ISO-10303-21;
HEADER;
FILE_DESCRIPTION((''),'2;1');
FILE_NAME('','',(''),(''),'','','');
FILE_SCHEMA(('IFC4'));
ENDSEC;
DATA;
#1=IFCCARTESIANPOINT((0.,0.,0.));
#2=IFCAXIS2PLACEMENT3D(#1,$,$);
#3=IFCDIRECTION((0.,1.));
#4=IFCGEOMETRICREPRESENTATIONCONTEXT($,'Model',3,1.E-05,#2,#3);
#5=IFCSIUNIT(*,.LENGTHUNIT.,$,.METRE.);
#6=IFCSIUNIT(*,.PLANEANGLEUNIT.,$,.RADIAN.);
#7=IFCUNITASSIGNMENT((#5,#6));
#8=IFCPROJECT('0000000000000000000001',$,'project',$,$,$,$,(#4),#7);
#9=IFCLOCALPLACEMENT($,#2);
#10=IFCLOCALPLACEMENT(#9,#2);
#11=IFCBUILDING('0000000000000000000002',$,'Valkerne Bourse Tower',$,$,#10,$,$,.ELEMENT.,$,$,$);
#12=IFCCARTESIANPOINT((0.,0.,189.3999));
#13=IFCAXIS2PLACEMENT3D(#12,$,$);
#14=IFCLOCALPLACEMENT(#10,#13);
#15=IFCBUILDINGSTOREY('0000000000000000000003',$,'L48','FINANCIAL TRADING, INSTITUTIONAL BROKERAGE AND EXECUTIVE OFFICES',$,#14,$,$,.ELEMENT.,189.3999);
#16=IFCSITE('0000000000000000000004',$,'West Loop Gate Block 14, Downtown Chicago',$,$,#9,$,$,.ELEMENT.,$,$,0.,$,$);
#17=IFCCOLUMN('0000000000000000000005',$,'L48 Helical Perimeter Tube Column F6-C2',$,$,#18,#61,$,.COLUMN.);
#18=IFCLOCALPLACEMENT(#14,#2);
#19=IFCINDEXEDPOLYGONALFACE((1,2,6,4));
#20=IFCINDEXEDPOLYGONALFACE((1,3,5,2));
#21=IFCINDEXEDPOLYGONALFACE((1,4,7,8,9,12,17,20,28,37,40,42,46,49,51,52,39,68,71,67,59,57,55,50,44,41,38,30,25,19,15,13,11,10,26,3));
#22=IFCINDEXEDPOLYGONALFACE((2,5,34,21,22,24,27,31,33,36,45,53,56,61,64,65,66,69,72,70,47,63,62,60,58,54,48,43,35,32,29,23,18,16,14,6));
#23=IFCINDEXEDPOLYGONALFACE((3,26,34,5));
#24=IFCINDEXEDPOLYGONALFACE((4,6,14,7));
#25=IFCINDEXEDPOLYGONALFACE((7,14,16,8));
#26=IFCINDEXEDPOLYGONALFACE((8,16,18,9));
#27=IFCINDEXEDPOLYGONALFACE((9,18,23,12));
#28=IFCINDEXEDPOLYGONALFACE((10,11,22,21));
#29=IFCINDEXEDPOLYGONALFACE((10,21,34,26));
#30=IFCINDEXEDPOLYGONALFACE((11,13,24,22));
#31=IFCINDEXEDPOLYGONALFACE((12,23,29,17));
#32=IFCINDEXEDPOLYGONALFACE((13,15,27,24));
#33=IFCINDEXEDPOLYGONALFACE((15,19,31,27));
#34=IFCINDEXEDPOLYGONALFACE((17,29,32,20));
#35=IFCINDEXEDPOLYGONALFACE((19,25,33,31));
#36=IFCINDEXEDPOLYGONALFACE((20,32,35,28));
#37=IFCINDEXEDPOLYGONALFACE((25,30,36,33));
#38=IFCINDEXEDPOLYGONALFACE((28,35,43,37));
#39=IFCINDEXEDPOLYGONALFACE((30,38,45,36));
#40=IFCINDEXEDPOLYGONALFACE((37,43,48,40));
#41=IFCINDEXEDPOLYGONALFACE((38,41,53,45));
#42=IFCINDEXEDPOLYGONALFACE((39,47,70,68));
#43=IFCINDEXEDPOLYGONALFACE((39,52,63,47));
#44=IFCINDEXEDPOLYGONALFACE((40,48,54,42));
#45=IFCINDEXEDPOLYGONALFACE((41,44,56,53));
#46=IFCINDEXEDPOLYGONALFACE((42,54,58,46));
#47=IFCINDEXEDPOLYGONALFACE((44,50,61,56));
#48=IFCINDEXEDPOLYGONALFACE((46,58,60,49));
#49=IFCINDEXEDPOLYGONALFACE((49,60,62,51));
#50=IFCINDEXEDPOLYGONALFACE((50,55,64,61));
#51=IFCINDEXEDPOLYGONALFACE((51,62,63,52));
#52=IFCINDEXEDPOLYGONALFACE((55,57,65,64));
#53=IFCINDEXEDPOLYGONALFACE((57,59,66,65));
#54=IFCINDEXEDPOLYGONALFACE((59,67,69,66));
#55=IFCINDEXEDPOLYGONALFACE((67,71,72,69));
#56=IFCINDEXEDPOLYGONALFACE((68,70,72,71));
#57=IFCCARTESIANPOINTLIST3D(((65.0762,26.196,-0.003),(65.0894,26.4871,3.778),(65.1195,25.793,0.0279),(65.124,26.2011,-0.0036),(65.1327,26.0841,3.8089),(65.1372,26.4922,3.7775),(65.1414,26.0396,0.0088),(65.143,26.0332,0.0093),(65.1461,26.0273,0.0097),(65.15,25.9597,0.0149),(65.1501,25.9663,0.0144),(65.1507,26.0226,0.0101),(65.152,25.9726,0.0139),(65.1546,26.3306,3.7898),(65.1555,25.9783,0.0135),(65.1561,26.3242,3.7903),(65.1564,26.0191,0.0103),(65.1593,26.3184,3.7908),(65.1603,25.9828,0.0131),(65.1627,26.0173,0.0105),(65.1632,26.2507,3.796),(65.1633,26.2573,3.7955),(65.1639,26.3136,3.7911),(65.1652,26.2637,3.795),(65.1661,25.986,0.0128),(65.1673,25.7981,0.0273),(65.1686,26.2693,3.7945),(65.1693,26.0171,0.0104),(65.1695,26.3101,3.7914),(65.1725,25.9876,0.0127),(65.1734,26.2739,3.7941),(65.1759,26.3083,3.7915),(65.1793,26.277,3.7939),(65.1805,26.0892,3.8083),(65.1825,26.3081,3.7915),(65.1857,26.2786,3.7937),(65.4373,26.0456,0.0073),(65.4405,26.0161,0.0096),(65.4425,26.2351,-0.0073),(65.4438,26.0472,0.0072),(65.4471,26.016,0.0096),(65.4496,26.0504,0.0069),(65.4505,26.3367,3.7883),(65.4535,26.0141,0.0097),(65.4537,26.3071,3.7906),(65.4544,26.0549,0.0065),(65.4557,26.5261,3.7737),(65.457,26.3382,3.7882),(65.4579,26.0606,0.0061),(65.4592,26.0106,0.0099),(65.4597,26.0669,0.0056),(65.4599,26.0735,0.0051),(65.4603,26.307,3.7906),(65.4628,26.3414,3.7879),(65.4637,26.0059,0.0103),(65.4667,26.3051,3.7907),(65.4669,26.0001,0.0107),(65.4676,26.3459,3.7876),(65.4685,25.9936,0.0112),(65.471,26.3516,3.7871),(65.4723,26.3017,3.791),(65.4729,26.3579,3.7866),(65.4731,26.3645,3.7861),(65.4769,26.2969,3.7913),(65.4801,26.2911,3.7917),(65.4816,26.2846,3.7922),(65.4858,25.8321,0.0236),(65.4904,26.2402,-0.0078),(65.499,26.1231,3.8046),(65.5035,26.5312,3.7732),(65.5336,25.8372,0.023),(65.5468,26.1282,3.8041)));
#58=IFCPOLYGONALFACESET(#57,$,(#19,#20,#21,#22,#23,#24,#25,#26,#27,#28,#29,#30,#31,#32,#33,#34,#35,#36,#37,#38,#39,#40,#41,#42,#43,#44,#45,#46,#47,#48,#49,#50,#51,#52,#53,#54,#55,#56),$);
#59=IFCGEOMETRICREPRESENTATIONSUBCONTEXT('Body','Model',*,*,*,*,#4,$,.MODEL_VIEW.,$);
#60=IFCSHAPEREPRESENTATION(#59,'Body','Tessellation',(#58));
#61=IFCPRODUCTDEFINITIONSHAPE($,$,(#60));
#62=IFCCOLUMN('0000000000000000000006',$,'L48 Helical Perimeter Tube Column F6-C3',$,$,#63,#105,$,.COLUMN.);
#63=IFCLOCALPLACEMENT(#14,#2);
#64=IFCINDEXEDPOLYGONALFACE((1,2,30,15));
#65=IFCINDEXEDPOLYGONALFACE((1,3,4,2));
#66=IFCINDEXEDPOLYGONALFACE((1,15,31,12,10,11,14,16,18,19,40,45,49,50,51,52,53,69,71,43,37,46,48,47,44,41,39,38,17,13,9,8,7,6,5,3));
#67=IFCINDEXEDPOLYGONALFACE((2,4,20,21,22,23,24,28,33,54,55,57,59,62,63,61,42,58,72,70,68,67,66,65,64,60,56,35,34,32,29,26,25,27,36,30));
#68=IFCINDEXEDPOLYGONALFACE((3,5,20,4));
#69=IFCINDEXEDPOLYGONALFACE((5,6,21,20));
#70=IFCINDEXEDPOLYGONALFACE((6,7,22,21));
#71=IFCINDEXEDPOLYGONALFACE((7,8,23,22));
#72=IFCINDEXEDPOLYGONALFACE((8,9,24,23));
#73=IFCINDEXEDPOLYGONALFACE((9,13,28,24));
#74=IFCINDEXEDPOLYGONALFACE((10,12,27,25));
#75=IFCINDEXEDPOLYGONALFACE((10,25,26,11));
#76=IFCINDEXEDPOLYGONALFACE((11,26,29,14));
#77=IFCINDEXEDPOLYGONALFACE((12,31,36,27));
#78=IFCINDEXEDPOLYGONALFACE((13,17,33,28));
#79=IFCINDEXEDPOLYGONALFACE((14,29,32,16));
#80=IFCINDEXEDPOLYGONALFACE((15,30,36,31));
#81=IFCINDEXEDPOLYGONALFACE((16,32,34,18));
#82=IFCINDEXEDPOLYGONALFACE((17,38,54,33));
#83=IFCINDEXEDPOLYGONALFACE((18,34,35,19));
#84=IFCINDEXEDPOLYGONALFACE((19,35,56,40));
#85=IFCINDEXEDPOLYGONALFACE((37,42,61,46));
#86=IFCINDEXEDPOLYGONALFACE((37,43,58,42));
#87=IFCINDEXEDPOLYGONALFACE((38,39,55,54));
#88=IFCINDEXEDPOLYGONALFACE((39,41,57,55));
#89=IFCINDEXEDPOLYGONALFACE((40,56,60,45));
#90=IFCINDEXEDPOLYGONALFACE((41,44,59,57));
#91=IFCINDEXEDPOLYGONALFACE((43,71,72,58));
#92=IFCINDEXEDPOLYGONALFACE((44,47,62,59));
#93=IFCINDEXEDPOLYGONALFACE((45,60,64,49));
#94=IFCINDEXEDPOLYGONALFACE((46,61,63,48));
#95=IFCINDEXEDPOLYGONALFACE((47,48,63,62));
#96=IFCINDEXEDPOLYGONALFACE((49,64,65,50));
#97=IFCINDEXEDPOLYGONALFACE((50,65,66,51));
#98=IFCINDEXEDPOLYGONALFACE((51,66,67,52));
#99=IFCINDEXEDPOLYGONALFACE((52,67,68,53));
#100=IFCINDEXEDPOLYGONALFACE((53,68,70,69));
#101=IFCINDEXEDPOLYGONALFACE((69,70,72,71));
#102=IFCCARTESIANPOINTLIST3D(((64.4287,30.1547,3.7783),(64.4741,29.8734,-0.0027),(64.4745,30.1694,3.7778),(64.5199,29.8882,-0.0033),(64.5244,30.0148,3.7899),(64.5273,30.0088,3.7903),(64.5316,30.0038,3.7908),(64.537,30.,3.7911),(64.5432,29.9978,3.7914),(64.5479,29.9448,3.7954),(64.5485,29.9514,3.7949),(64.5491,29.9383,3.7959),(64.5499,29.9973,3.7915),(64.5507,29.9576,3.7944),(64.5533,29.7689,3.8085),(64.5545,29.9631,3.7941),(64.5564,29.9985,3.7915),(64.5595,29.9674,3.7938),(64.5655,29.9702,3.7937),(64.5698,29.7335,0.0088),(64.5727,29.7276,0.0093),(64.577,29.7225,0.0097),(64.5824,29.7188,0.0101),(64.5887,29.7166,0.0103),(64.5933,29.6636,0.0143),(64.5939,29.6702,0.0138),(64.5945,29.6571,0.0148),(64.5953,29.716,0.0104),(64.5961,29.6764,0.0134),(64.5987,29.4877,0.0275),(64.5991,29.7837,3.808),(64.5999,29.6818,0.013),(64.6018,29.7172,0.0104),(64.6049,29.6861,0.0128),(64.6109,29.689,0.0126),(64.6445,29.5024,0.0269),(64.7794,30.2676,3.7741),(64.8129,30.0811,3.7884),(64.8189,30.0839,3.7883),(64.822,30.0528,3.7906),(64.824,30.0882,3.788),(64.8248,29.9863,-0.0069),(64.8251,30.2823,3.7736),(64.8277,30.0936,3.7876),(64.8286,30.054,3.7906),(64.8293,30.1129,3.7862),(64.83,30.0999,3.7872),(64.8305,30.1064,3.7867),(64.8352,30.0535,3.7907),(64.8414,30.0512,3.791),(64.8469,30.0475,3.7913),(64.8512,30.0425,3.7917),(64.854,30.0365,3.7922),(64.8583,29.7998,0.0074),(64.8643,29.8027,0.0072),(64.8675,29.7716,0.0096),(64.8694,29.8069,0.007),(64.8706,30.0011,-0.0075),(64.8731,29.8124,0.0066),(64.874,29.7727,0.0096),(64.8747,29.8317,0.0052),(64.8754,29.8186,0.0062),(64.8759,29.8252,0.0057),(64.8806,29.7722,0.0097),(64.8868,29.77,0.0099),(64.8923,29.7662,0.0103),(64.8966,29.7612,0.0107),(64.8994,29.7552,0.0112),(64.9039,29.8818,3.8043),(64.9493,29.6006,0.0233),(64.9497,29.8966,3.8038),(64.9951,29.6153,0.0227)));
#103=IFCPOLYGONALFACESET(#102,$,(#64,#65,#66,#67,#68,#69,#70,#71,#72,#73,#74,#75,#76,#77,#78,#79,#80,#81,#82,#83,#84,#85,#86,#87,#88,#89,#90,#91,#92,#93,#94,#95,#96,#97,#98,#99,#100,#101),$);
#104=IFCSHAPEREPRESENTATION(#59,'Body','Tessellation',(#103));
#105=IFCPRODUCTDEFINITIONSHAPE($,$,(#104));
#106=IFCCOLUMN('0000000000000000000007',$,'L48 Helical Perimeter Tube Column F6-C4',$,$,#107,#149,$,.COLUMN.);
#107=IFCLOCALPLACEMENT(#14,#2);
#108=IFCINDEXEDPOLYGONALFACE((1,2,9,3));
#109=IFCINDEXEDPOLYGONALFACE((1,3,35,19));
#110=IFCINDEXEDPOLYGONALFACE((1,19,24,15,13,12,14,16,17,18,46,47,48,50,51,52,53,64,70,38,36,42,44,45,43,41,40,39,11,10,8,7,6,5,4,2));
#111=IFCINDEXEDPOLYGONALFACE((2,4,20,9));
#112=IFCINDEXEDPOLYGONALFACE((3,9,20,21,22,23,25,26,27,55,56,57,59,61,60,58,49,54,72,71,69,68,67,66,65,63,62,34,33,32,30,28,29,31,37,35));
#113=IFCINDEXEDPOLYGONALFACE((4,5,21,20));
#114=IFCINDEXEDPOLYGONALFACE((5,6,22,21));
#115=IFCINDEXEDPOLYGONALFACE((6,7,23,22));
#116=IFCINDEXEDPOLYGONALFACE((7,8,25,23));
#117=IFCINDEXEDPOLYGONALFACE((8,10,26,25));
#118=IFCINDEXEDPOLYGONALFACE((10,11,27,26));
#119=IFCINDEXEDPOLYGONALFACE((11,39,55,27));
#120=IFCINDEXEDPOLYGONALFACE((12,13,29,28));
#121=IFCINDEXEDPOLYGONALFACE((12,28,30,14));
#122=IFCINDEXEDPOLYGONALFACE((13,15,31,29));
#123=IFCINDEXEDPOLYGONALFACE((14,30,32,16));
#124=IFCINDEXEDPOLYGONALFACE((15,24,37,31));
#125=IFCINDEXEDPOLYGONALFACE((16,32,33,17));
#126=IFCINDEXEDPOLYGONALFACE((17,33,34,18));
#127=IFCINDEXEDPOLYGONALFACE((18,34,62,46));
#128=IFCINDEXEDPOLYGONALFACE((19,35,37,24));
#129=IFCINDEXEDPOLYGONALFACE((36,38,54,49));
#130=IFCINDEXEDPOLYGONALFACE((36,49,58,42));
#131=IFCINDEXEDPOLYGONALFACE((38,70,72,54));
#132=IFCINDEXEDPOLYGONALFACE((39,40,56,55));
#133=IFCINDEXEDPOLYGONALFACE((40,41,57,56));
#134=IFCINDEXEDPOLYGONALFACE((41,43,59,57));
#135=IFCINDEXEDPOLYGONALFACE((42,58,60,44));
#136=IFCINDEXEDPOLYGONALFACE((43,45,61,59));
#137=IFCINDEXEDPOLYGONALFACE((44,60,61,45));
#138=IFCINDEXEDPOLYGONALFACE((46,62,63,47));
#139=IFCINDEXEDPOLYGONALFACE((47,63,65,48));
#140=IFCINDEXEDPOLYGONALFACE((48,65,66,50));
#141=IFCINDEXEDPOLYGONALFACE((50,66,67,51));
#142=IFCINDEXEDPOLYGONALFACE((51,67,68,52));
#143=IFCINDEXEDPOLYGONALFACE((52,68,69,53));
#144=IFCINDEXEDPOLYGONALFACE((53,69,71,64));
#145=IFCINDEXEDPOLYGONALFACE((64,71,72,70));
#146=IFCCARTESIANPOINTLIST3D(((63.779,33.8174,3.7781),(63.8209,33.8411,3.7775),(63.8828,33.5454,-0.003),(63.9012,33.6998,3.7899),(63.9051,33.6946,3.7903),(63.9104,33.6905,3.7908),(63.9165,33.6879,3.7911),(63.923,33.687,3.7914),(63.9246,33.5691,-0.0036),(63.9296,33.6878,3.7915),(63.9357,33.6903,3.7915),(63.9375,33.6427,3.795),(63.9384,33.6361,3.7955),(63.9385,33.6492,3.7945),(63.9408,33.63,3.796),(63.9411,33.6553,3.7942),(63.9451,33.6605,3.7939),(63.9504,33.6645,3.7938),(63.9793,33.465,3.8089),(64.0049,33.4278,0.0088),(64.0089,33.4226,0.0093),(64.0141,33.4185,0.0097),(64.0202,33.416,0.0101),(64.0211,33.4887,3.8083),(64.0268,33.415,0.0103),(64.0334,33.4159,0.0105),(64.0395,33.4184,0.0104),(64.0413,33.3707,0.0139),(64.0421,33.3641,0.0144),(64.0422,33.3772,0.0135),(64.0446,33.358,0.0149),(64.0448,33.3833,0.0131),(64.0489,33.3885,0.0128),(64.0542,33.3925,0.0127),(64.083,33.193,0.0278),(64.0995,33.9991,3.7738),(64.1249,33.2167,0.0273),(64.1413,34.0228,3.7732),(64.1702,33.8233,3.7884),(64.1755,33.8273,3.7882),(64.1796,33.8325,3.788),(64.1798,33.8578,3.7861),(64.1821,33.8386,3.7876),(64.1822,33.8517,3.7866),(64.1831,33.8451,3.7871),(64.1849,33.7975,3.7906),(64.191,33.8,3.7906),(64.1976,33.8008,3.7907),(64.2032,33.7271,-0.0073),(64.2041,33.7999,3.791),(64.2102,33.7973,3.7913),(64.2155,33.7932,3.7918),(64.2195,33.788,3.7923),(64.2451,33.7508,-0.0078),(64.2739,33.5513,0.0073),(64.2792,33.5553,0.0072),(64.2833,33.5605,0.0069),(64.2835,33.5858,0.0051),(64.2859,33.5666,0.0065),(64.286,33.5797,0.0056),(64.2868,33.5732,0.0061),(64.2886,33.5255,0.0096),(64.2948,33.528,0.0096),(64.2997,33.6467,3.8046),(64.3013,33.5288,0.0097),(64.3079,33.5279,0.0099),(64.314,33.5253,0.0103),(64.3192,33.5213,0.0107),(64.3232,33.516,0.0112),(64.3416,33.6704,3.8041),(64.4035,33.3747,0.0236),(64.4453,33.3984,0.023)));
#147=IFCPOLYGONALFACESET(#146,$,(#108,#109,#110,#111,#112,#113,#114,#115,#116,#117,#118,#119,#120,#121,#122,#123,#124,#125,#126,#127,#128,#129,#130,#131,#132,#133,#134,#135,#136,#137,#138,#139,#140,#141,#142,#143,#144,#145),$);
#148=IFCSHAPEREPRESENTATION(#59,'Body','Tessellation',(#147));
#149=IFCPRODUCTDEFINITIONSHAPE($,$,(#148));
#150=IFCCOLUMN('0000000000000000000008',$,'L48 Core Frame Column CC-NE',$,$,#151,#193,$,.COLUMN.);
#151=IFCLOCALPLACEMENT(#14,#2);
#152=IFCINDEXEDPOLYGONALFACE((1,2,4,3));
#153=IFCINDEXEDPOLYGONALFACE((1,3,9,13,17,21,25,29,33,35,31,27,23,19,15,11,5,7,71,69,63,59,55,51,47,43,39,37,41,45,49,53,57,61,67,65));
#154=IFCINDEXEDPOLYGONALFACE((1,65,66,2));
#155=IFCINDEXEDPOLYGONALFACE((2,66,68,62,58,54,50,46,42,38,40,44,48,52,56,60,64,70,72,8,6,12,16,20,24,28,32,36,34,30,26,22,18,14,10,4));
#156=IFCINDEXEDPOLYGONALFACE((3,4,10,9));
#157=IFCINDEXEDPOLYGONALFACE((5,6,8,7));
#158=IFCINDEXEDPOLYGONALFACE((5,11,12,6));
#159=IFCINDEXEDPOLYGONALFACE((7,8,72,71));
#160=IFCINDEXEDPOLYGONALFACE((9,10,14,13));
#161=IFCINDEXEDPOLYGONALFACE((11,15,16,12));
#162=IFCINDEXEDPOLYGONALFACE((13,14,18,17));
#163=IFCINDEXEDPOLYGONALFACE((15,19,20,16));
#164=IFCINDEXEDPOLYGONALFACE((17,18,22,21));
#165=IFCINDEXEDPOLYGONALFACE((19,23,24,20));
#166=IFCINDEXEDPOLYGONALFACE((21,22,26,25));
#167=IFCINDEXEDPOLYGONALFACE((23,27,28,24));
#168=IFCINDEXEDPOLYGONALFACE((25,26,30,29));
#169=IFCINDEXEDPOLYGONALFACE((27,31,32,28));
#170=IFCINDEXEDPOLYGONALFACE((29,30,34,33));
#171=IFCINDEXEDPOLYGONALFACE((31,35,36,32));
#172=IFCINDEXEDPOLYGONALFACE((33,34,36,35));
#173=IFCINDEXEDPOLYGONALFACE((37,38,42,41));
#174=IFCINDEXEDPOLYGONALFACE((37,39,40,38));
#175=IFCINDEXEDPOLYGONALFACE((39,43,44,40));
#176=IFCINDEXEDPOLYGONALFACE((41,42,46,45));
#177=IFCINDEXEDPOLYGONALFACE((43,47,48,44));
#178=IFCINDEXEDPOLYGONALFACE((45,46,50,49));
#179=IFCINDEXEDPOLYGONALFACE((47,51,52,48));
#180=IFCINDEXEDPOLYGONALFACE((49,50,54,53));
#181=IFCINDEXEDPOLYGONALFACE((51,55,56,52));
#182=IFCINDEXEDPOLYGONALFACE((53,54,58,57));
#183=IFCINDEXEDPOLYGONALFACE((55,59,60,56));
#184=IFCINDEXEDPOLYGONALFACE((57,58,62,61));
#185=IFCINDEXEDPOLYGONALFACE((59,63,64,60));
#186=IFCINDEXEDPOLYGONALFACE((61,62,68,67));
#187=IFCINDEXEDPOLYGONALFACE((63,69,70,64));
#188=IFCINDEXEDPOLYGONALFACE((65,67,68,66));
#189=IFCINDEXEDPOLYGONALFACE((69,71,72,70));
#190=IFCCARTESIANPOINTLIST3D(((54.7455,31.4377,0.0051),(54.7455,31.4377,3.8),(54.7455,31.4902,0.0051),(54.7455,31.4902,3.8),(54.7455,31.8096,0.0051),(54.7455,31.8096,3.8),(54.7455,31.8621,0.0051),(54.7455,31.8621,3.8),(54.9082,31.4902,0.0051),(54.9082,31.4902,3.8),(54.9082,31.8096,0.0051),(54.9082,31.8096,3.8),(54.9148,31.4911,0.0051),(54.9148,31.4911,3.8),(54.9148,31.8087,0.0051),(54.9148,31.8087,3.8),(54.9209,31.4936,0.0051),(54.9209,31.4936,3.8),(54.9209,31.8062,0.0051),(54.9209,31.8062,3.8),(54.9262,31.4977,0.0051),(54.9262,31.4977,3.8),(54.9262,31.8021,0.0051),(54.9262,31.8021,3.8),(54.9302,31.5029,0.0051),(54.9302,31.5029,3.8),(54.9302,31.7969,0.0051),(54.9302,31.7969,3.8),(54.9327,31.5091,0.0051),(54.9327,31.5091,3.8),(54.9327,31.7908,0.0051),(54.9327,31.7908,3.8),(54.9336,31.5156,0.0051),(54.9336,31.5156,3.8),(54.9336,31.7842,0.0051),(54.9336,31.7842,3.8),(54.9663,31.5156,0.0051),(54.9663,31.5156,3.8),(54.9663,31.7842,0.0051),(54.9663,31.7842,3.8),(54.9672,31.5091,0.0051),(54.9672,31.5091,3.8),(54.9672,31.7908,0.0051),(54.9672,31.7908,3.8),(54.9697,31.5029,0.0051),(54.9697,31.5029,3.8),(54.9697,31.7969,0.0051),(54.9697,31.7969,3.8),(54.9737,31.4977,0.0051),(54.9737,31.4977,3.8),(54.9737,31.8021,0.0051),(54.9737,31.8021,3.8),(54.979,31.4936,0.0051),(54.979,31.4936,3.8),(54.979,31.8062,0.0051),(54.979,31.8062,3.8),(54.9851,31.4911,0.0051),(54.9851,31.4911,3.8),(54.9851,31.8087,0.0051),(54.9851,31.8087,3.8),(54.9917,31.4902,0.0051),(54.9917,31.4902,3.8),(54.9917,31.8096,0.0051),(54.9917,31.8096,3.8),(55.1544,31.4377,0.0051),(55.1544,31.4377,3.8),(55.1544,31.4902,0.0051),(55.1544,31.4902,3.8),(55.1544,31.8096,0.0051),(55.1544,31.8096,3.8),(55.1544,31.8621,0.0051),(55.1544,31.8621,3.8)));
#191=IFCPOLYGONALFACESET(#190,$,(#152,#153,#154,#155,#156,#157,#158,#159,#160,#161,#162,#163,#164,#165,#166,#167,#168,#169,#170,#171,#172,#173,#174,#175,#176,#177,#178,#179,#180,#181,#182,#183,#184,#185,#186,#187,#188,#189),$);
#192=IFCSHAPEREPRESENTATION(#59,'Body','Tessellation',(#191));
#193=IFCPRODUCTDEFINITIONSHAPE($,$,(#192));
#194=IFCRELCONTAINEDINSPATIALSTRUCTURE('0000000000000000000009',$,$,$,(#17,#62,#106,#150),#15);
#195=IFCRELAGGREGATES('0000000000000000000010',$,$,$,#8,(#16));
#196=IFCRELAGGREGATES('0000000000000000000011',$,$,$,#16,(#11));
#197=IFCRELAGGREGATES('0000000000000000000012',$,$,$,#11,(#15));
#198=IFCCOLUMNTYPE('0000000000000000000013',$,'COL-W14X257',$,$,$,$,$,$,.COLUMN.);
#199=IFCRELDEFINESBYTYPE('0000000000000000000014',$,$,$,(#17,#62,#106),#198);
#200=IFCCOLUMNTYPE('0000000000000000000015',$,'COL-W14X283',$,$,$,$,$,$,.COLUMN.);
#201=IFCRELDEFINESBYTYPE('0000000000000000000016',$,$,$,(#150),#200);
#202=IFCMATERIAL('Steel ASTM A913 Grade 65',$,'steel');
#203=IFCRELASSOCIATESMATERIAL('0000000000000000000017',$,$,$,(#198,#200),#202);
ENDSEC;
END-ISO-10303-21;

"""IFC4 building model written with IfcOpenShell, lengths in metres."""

from ifc_helpers import new_model, si_unit, direction, frame, origin, origin_2d, place, context, subcontext, project, spatial, i_section, extrude, material, material_profile, profile_set, type_object, element, save


model = new_model("IFC4")

# Units and contexts
model_context = context("Model", 3, precision=1e-05, world=origin(), true_north=direction((0.0, 1.0)))
body_context = subcontext(model_context, "Body", "Model", "MODEL_VIEW")
ifc_project = project(units=[si_unit("LENGTHUNIT", "METRE"), si_unit("PLANEANGLEUNIT", "RADIAN")], contexts=[model_context])

# Site, building, storey
site_placement = place(None, origin())
site = spatial("IfcSite", under=ifc_project, at=site_placement, Name="West Loop Gate Block 14, Downtown Chicago", CompositionType="ELEMENT", RefElevation=0.0)
building_placement = place(site_placement, origin())
building = spatial("IfcBuilding", under=site, at=building_placement, Name="Valkerne Bourse Tower", CompositionType="ELEMENT")
storey_placement = place(building_placement, frame((0.0, 0.0, 189.3999)))
storey = spatial("IfcBuildingStorey", under=building, at=storey_placement, Name="L48", Description="FINANCIAL TRADING, INSTITUTIONAL BROKERAGE AND EXECUTIVE OFFICES", CompositionType="ELEMENT", Elevation=189.3999)

# Columns
ifc_material_1 = material(Name="Steel ASTM A913 Grade 65", Category="steel")
ifc_material_profile_1 = material_profile(ifc_material_1, i_section(OverallWidth=0.4065, OverallDepth=0.4165, WebThickness=0.0298, FlangeThickness=0.0481, FilletRadius=0.0254, at=origin_2d()), Name="W14X257")
ifc_profile_set_1 = profile_set([ifc_material_profile_1], Name="Steel ASTM A913 Grade 65")
column_type_1 = type_object("IfcColumnType", Name="COL-W14X257", PredefinedType="COLUMN", material=ifc_profile_set_1)
column_1_placement = place(storey_placement, frame((65.3049, 26.0166, 0.01), z_axis=(0.003476, 0.07674, 0.997045), x_axis=(0.106503, -0.991409, 0.075935)))
element("IfcColumn", 1, at=column_1_placement, inside=storey, type_object=column_type_1, Name="L48 Helical Perimeter Tube Column F6-C2", PredefinedType="COLUMN", context=body_context, shape_type="SweptSolid", body=[
    extrude(i_section(OverallWidth=0.4065, OverallDepth=0.4165, WebThickness=0.0298, FlangeThickness=0.0481, FilletRadius=0.0254, at=origin_2d()), origin(), (0.0, 0.0, 1.0), 3.7922),
])
column_2_placement = place(storey_placement, frame((64.7346, 29.7444, 0.01), z_axis=(-0.011976, 0.074175, 0.997173), x_axis=(0.306442, -0.948988, 0.074271)))
element("IfcColumn", 2, at=column_2_placement, inside=storey, type_object=column_type_1, Name="L48 Helical Perimeter Tube Column F6-C3", PredefinedType="COLUMN", context=body_context, shape_type="SweptSolid", body=[
    extrude(i_section(OverallWidth=0.4065, OverallDepth=0.4165, WebThickness=0.0298, FlangeThickness=0.0481, FilletRadius=0.0254, at=origin_2d()), origin(), (0.0, 0.0, 1.0), 3.7917),
])
column_3_placement = place(storey_placement, frame((64.1641, 33.4719, 0.01), z_axis=(-0.027361, 0.071719, 0.99705), x_axis=(0.492633, -0.866923, 0.075878)))
element("IfcColumn", 3, at=column_3_placement, inside=storey, type_object=column_type_1, Name="L48 Helical Perimeter Tube Column F6-C4", PredefinedType="COLUMN", context=body_context, shape_type="SweptSolid", body=[
    extrude(i_section(OverallWidth=0.4065, OverallDepth=0.4165, WebThickness=0.0298, FlangeThickness=0.0481, FilletRadius=0.0254, at=origin_2d()), origin(), (0.0, 0.0, 1.0), 3.7922),
])
ifc_material_profile_2 = material_profile(ifc_material_1, i_section(OverallWidth=0.4089, OverallDepth=0.4243, WebThickness=0.0327, FlangeThickness=0.0525, FilletRadius=0.0254, at=origin_2d()), Name="W14X283")
ifc_profile_set_2 = profile_set([ifc_material_profile_2], Name="Steel ASTM A913 Grade 65")
column_type_2 = type_object("IfcColumnType", Name="COL-W14X283", PredefinedType="COLUMN", material=ifc_profile_set_2)
column_4_placement = place(storey_placement, frame((54.95, 31.6499, 0.0051), z_axis=(0.0, 0.0, 1.0), x_axis=(1.0, 0.0, 0.0)))
element("IfcColumn", 4, at=column_4_placement, inside=storey, type_object=column_type_2, Name="L48 Core Frame Column CC-NE", PredefinedType="COLUMN", context=body_context, shape_type="SweptSolid", body=[
    extrude(i_section(OverallWidth=0.4089, OverallDepth=0.4243, WebThickness=0.0327, FlangeThickness=0.0525, FilletRadius=0.0254, at=origin_2d()), origin(), (0.0, 0.0, 1.0), 3.7949),
])

save(model, "model.ifc")
